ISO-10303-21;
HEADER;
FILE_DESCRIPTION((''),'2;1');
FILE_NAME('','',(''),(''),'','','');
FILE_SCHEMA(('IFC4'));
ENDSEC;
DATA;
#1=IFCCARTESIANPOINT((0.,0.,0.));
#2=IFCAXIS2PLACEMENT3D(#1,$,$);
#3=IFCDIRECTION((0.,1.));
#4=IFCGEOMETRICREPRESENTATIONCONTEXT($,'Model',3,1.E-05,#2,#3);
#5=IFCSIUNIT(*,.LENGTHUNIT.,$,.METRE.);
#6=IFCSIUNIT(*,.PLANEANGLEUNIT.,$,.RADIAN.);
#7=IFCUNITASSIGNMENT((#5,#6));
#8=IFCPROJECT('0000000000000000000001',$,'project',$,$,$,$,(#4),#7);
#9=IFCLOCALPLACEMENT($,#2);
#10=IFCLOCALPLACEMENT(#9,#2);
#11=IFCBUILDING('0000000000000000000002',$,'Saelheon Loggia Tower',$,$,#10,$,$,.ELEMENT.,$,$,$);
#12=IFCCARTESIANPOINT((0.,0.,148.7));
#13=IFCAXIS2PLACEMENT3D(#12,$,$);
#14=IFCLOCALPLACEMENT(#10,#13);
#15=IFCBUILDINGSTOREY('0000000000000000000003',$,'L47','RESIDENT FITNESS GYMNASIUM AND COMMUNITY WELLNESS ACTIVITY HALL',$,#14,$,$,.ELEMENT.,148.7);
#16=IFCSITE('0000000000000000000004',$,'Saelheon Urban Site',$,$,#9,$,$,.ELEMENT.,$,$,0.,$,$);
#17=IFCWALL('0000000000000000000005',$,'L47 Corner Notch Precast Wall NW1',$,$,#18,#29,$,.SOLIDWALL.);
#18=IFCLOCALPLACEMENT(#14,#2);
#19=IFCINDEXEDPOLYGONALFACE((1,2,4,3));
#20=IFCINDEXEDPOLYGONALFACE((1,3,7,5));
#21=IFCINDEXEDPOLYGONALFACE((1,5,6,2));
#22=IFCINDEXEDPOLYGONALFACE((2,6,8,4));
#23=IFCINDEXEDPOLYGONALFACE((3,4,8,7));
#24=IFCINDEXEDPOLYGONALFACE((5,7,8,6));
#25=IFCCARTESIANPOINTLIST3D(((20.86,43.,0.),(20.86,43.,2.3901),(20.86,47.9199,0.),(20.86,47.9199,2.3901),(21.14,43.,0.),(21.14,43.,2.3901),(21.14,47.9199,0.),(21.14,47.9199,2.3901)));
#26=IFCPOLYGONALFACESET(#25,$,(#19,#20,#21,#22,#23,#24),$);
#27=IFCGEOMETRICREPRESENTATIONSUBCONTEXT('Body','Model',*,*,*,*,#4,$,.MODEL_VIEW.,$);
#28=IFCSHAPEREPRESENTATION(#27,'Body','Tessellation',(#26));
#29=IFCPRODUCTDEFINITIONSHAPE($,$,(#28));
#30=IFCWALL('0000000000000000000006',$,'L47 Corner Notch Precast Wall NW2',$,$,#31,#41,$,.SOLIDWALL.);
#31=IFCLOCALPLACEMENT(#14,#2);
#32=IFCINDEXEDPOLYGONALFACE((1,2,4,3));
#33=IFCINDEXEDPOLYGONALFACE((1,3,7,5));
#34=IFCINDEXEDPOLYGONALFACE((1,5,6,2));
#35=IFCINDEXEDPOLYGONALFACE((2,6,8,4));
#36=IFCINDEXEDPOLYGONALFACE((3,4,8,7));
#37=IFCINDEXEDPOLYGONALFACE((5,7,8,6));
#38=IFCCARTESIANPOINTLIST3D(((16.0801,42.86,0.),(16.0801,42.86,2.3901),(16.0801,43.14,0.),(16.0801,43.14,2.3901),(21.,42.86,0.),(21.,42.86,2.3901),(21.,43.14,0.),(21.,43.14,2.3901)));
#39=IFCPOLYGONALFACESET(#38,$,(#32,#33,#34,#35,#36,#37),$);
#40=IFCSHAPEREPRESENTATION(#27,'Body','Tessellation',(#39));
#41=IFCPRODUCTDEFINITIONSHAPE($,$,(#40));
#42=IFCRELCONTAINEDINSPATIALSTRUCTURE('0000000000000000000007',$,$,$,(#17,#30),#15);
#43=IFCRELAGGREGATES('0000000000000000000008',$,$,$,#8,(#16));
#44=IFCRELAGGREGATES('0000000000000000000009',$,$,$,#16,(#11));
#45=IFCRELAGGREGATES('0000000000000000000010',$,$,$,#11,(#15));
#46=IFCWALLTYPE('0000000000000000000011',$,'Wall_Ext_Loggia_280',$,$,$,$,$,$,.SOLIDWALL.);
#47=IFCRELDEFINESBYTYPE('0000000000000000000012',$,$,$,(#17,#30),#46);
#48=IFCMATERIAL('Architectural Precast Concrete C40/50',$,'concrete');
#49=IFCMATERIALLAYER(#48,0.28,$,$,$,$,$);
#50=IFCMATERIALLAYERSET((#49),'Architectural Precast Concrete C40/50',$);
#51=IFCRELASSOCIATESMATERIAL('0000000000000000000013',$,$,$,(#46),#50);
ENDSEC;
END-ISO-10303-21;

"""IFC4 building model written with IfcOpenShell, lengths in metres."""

from ifc_helpers import new_model, si_unit, direction, frame, frame_2d, origin, place, context, subcontext, project, spatial, rectangle, extrude, material, layer, layer_set, type_object, element, save


model = new_model("IFC4")

# Units and contexts
model_context = context("Model", 3, precision=1e-05, world=origin(), true_north=direction((0.0, 1.0)))
body_context = subcontext(model_context, "Body", "Model", "MODEL_VIEW")
ifc_project = project(units=[si_unit("LENGTHUNIT", "METRE"), si_unit("PLANEANGLEUNIT", "RADIAN")], contexts=[model_context])

# Site, building, storey
site_placement = place(None, origin())
site = spatial("IfcSite", under=ifc_project, at=site_placement, Name="Saelheon Urban Site", CompositionType="ELEMENT", RefElevation=0.0)
building_placement = place(site_placement, origin())
building = spatial("IfcBuilding", under=site, at=building_placement, Name="Saelheon Loggia Tower", CompositionType="ELEMENT")
storey_placement = place(building_placement, frame((0.0, 0.0, 148.7)))
storey = spatial("IfcBuildingStorey", under=building, at=storey_placement, Name="L47", Description="RESIDENT FITNESS GYMNASIUM AND COMMUNITY WELLNESS ACTIVITY HALL", CompositionType="ELEMENT", Elevation=148.7)

# Shared definitions
ifc_material_1 = material(Name="Architectural Precast Concrete C40/50", Category="concrete")
ifc_layer = layer(ifc_material_1, 0.28)
ifc_layer_set = layer_set([ifc_layer], Name="Architectural Precast Concrete C40/50")
wall_type = type_object("IfcWallType", Name="Wall_Ext_Loggia_280", PredefinedType="SOLIDWALL", material=ifc_layer_set)

# Walls
for number, where, z_axis, x_axis, name in (
    (1, (21.0, 43.0, 0.0), (0.0, 0.0, 1.0), (0.0, 1.0, 0.0), "L47 Corner Notch Precast Wall NW1"),
    (2, (16.0801, 43.0, 0.0), (0.0, 0.0, 1.0), (1.0, 0.0, 0.0), "L47 Corner Notch Precast Wall NW2"),
):
    element("IfcWall", number, at=place(storey_placement, frame(where, z_axis=z_axis, x_axis=x_axis)), inside=storey, type_object=wall_type, Name=name, PredefinedType="SOLIDWALL", context=body_context, shape_type="SweptSolid", body=[
        extrude(rectangle(XDim=4.9199, YDim=0.28, at=frame_2d((2.46, 0.0))), origin(), (0.0, 0.0, 1.0), 2.3901),
    ])

save(model, "model.ifc")
